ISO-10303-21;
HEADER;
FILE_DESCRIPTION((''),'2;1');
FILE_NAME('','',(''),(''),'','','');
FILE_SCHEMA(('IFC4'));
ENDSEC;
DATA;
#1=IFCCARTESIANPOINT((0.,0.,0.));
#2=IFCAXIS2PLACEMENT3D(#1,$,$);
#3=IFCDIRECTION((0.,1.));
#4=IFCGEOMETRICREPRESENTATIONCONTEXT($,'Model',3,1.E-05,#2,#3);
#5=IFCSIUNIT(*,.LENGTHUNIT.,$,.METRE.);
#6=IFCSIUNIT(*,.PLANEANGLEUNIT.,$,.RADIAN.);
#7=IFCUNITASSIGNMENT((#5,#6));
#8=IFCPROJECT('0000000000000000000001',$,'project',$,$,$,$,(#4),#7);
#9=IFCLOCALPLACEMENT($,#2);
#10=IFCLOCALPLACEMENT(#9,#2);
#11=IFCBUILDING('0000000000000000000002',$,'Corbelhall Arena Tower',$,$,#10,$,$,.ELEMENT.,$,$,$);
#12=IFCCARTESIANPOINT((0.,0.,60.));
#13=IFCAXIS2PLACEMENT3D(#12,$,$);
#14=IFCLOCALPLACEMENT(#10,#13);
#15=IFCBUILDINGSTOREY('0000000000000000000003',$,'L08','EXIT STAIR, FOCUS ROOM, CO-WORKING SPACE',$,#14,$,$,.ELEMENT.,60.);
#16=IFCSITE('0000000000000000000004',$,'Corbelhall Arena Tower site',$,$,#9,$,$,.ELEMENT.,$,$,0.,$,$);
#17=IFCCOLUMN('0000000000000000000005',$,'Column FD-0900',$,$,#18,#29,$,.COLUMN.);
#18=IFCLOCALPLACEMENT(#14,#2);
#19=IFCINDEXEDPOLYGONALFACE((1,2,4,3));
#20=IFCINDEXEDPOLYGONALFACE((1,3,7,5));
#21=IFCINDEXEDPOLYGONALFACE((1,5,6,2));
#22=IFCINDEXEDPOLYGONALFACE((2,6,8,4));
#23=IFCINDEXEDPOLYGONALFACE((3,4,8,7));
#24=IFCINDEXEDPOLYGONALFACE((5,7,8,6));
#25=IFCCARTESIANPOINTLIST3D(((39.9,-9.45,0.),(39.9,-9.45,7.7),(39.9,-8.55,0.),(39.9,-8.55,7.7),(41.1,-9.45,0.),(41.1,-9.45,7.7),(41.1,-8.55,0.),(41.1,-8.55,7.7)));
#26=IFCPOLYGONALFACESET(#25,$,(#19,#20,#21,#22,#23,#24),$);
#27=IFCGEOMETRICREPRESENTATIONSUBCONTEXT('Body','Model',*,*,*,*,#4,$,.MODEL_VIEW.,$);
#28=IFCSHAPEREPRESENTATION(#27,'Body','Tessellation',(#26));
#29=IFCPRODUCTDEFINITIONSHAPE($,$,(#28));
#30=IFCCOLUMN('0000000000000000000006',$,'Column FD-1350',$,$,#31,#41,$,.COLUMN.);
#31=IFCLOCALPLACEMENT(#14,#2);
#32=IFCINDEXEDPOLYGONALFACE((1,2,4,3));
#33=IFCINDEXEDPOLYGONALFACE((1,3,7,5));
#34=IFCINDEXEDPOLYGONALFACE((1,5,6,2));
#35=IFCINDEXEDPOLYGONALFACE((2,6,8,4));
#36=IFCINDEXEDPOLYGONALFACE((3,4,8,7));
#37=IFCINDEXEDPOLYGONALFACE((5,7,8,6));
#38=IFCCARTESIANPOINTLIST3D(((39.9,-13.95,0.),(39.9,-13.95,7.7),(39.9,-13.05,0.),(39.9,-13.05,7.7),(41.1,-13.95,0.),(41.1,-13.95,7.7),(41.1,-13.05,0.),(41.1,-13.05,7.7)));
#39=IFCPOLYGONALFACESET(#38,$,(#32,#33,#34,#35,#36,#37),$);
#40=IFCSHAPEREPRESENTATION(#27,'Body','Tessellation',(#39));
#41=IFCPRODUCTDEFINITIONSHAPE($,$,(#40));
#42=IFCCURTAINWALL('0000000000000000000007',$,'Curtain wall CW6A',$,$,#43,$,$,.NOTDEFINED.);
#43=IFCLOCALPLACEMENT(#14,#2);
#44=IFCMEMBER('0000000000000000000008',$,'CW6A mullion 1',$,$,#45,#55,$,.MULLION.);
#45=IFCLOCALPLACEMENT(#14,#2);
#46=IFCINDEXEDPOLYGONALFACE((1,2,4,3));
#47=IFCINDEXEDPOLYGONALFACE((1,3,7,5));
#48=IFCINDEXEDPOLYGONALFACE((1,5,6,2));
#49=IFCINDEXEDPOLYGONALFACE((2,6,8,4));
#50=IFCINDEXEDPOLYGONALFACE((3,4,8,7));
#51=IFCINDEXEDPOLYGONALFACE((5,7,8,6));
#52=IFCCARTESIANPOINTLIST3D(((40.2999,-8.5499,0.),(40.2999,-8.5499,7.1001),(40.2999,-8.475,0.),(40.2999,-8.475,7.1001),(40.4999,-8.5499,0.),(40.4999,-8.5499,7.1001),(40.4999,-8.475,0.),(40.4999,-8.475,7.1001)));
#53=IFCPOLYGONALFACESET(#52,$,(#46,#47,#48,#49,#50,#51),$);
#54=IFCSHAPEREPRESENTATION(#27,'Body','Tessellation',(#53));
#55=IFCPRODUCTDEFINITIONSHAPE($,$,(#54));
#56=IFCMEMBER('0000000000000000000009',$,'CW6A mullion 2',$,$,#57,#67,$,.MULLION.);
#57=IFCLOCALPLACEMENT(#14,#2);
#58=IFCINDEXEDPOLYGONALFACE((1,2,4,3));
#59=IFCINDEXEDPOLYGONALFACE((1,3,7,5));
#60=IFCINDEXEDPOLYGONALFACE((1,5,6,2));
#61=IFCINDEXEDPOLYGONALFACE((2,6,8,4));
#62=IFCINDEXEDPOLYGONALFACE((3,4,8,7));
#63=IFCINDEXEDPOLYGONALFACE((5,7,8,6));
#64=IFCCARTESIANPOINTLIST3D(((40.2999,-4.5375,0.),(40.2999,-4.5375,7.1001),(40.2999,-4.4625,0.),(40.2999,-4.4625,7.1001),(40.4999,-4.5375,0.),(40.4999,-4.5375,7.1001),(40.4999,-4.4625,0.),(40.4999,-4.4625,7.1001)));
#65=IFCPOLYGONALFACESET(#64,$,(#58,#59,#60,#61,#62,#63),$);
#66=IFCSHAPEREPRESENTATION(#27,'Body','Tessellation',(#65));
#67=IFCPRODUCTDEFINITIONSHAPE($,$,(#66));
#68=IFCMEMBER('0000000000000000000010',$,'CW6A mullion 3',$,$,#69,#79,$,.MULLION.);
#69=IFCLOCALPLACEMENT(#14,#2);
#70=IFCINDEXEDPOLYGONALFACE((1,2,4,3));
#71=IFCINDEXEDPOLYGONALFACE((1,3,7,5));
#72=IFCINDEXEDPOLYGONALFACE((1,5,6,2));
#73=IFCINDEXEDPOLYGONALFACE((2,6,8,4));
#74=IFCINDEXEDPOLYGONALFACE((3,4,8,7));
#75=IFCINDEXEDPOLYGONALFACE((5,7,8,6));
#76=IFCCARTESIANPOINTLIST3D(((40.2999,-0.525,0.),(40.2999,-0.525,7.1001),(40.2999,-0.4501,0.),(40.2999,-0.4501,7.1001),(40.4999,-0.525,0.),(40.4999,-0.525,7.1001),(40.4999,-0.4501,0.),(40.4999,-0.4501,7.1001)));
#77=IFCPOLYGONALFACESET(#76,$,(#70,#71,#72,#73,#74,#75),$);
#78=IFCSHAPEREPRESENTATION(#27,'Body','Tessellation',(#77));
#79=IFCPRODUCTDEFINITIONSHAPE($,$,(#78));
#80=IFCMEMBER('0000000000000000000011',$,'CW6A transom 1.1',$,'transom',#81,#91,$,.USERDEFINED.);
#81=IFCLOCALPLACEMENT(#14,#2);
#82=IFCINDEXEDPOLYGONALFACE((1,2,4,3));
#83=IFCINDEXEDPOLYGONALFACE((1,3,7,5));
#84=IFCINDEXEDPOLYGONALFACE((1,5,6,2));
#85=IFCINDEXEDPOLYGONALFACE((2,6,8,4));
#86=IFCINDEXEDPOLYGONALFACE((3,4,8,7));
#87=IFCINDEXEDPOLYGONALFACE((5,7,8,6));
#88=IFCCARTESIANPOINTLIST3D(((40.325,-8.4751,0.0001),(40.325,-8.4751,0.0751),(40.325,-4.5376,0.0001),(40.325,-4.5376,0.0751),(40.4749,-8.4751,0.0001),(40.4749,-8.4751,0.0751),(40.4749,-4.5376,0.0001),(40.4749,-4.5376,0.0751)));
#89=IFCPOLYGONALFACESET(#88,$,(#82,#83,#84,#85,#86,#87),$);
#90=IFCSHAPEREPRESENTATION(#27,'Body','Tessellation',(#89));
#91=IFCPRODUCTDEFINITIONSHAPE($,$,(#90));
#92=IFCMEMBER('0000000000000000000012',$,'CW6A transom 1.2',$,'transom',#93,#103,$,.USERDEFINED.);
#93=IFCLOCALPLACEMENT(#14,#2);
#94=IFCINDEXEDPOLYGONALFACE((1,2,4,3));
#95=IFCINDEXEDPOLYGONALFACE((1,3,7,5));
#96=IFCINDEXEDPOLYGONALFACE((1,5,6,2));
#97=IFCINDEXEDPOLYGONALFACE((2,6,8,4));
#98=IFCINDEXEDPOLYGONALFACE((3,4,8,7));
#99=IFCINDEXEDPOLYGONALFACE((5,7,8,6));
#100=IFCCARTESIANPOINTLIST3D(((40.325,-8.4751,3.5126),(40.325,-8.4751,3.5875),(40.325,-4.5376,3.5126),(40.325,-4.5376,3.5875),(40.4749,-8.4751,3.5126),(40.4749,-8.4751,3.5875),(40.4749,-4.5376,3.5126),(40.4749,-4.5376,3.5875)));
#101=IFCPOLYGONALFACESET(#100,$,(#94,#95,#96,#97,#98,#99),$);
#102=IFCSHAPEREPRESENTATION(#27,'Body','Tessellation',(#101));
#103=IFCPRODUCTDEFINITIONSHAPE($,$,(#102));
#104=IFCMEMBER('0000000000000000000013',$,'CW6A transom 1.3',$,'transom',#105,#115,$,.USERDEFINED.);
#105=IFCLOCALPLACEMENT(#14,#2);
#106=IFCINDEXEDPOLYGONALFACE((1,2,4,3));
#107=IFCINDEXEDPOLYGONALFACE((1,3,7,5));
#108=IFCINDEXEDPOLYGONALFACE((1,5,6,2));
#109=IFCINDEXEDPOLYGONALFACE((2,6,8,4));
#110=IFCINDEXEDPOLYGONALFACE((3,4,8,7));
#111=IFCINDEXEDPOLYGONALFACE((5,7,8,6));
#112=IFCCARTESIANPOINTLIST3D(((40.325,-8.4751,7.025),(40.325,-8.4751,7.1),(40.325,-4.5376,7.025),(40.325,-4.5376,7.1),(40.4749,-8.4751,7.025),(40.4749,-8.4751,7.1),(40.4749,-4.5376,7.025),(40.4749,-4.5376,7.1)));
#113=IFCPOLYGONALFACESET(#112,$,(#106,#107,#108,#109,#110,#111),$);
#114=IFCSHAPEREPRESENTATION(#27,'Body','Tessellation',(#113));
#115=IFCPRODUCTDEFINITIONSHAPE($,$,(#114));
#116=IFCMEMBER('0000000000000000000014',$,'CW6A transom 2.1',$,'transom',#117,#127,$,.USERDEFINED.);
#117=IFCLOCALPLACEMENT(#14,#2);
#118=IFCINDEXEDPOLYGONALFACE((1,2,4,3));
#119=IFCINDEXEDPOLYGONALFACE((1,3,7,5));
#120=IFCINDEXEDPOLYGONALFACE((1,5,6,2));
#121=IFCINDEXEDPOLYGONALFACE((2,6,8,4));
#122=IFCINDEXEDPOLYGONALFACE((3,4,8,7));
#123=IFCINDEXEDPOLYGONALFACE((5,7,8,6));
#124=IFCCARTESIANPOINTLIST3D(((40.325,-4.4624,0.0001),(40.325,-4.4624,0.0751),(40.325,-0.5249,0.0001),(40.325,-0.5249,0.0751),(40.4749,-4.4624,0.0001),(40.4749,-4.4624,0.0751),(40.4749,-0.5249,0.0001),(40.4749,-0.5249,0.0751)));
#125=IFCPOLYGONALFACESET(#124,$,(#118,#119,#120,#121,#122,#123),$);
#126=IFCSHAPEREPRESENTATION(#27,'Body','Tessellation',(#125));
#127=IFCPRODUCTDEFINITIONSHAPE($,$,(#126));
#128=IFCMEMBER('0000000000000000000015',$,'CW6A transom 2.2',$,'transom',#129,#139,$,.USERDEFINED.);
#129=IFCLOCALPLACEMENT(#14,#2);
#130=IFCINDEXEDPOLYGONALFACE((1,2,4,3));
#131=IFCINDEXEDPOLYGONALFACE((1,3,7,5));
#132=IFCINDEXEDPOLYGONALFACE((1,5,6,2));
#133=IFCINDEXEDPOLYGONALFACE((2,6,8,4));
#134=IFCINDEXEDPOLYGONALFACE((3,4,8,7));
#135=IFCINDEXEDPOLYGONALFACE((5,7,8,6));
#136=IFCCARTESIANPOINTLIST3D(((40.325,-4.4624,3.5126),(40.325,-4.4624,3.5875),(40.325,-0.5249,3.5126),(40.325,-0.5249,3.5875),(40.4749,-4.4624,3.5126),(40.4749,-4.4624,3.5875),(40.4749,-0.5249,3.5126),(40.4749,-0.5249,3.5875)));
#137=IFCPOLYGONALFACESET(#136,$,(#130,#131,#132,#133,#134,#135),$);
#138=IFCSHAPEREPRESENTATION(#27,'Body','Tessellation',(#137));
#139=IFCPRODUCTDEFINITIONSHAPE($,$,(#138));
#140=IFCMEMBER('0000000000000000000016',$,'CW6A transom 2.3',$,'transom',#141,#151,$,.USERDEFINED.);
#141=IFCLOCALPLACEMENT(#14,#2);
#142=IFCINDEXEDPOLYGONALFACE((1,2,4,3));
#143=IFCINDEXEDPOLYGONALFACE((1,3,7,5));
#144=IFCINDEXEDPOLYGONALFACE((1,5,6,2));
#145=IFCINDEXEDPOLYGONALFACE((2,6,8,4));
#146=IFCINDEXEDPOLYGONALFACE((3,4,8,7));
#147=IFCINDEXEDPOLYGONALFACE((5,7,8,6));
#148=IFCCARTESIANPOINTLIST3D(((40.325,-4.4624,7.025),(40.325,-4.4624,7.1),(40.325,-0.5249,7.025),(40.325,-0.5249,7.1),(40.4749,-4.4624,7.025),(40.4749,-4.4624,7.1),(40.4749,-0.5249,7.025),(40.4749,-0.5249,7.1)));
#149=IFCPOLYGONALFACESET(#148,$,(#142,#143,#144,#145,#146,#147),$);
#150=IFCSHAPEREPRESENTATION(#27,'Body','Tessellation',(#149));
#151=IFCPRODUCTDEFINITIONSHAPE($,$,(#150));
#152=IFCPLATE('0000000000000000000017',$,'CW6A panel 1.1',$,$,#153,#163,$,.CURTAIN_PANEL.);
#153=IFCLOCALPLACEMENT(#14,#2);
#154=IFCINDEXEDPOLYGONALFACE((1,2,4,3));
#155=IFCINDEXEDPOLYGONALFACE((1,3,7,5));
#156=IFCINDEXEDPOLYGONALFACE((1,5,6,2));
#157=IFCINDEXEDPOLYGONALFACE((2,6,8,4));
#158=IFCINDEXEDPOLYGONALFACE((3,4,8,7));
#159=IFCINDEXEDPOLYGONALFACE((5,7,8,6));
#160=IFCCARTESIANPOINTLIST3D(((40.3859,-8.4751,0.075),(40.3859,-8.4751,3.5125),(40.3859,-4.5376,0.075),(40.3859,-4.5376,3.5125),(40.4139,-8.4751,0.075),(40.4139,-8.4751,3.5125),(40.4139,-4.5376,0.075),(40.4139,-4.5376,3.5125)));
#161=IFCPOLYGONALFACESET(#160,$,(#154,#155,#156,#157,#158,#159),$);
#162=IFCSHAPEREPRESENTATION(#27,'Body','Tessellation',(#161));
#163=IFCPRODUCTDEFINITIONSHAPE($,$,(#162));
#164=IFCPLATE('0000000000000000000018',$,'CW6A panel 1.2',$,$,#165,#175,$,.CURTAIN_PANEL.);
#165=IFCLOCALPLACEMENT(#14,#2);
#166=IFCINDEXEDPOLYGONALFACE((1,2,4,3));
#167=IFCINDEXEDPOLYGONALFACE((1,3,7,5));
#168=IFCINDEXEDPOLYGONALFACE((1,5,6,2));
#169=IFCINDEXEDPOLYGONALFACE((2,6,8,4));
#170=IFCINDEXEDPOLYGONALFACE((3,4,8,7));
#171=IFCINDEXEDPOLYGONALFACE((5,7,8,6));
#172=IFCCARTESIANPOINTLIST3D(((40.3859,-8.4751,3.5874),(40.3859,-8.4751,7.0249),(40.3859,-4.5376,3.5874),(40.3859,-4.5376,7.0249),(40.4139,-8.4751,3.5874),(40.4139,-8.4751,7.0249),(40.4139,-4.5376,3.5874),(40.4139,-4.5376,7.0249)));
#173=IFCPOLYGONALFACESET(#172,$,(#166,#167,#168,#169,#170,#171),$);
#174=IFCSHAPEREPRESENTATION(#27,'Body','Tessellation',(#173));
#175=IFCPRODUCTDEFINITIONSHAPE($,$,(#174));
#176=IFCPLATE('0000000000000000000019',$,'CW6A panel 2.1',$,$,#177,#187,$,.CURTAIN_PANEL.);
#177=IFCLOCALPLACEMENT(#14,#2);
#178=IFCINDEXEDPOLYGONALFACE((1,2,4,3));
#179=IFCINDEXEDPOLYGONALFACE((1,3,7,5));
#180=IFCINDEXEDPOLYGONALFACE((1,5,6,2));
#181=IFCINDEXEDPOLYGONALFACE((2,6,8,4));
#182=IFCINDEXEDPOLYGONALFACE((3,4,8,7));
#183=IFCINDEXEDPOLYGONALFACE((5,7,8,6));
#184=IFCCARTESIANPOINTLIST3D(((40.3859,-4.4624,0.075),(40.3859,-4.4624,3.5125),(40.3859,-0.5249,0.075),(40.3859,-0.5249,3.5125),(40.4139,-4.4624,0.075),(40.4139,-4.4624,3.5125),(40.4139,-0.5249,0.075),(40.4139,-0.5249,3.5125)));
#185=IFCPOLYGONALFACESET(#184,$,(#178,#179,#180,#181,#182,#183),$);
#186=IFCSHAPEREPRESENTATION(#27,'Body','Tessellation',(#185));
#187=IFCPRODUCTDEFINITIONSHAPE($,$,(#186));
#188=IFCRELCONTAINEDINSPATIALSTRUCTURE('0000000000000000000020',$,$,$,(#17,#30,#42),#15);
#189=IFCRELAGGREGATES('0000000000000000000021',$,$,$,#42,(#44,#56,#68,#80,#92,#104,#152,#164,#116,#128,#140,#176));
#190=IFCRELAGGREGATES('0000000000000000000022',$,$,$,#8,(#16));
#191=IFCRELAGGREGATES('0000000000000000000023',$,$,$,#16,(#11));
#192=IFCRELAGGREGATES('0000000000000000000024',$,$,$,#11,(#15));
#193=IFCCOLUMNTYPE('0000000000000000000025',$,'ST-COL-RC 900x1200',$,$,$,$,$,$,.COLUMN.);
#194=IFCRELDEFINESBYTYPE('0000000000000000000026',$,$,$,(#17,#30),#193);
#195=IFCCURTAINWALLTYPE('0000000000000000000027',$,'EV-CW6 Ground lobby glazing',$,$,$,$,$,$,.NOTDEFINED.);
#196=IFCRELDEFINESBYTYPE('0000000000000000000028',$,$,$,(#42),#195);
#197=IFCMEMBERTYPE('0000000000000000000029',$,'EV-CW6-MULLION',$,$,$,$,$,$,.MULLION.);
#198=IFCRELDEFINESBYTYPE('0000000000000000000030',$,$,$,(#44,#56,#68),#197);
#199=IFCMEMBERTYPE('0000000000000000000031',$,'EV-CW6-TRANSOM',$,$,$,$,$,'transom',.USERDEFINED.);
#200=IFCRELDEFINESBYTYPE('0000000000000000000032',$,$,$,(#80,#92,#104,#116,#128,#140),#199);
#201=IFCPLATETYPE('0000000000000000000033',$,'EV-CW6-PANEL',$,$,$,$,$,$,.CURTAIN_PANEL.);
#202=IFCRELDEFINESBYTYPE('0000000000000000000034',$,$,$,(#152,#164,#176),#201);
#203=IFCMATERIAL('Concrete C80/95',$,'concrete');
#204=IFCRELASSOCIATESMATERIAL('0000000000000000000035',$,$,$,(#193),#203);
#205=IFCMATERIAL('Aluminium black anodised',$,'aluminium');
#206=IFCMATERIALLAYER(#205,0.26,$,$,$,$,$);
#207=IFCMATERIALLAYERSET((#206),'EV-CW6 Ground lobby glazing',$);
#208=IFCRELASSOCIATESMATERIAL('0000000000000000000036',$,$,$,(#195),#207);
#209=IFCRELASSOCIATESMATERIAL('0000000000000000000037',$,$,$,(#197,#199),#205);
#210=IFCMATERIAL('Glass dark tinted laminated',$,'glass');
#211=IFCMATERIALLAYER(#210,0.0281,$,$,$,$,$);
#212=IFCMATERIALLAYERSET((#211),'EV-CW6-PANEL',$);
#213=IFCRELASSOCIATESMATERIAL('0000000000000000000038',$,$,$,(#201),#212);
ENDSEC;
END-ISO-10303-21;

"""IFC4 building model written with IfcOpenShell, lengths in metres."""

from ifc_helpers import new_model, si_unit, direction, frame, origin, origin_2d, place, context, subcontext, project, spatial, rectangle, extrude, material, layer, layer_set, material_profile, profile_set, type_object, element, aggregate, save


model = new_model("IFC4")

# Units and contexts
model_context = context("Model", 3, precision=1e-05, world=origin(), true_north=direction((0.0, 1.0)))
body_context = subcontext(model_context, "Body", "Model", "MODEL_VIEW")
ifc_project = project(units=[si_unit("LENGTHUNIT", "METRE"), si_unit("PLANEANGLEUNIT", "RADIAN")], contexts=[model_context])

# Site, building, storey
site_placement = place(None, origin())
site = spatial("IfcSite", under=ifc_project, at=site_placement, Name="Corbelhall Arena Tower site", CompositionType="ELEMENT", RefElevation=0.0)
building_placement = place(site_placement, origin())
building = spatial("IfcBuilding", under=site, at=building_placement, Name="Corbelhall Arena Tower", CompositionType="ELEMENT")
storey_placement = place(building_placement, frame((0.0, 0.0, 60.0)))
storey = spatial("IfcBuildingStorey", under=building, at=storey_placement, Name="L08", Description="EXIT STAIR, FOCUS ROOM, CO-WORKING SPACE", CompositionType="ELEMENT", Elevation=60.0)

# Columns
ifc_material_1 = material(Name="Concrete C80/95", Category="concrete")
ifc_material_profile_1 = material_profile(ifc_material_1, rectangle(XDim=0.8999, YDim=1.2, at=origin_2d()))
ifc_profile_set_1 = profile_set([ifc_material_profile_1], Name="Concrete C80/95")
column_type = type_object("IfcColumnType", Name="ST-COL-RC 900x1200", PredefinedType="COLUMN", material=ifc_profile_set_1)
for number, where, z_axis, x_axis, name in (
    (1, (40.5, -9.0, 0.0), (0.0, 0.0, 1.0), (0.0, 1.0, 0.0), "Column FD-0900"),
    (2, (40.5, -13.5, 0.0), (0.0, 0.0, 1.0), (0.0, 1.0, 0.0), "Column FD-1350"),
):
    element("IfcColumn", number, at=place(storey_placement, frame(where, z_axis=z_axis, x_axis=x_axis)), inside=storey, type_object=column_type, Name=name, PredefinedType="COLUMN", context=body_context, shape_type="SweptSolid", body=[
        extrude(rectangle(XDim=0.8999, YDim=1.2, at=origin_2d()), origin(), (0.0, 0.0, 1.0), 7.7),
    ])

# Curtain wall, members, plates
ifc_material_2 = material(Name="Aluminium black anodised", Category="aluminium")
ifc_layer_1 = layer(ifc_material_2, 0.26)
ifc_layer_set_1 = layer_set([ifc_layer_1], Name="EV-CW6 Ground lobby glazing")
curtain_wall_type = type_object("IfcCurtainWallType", Name="EV-CW6 Ground lobby glazing", PredefinedType="NOTDEFINED", material=ifc_layer_set_1)
curtain_wall_placement = place(storey_placement, origin())
curtain_wall = element("IfcCurtainWall", 3, at=curtain_wall_placement, inside=storey, type_object=curtain_wall_type, Name="Curtain wall CW6A", PredefinedType="NOTDEFINED")
ifc_material_profile_2 = material_profile(ifc_material_2, rectangle(XDim=0.2, YDim=0.075, at=origin_2d()))
ifc_profile_set_2 = profile_set([ifc_material_profile_2], Name="Aluminium black anodised")
member_type_1 = type_object("IfcMemberType", Name="EV-CW6-MULLION", PredefinedType="MULLION", material=ifc_profile_set_2)
member_1_placement = place(storey_placement, frame((40.3999, -8.5125, 0.0), z_axis=(0.0, 0.0, 1.0), x_axis=(-1.0, 0.0, 0.0)))
member_1 = element("IfcMember", 4, at=member_1_placement, type_object=member_type_1, Name="CW6A mullion 1", PredefinedType="MULLION", context=body_context, shape_type="SweptSolid", body=[
    extrude(rectangle(XDim=0.2, YDim=0.075, at=origin_2d()), origin(), (0.0, 0.0, 1.0), 7.1001),
])
member_2_placement = place(storey_placement, frame((40.3999, -4.5, 0.0), z_axis=(0.0, 0.0, 1.0), x_axis=(-1.0, 0.0, 0.0)))
member_2 = element("IfcMember", 5, at=member_2_placement, type_object=member_type_1, Name="CW6A mullion 2", PredefinedType="MULLION", context=body_context, shape_type="SweptSolid", body=[
    extrude(rectangle(XDim=0.2, YDim=0.075, at=origin_2d()), origin(), (0.0, 0.0, 1.0), 7.1001),
])
member_3_placement = place(storey_placement, frame((40.3999, -0.4875, 0.0), z_axis=(0.0, 0.0, 1.0), x_axis=(-1.0, 0.0, 0.0)))
member_3 = element("IfcMember", 6, at=member_3_placement, type_object=member_type_1, Name="CW6A mullion 3", PredefinedType="MULLION", context=body_context, shape_type="SweptSolid", body=[
    extrude(rectangle(XDim=0.2, YDim=0.075, at=origin_2d()), origin(), (0.0, 0.0, 1.0), 7.1001),
])
ifc_material_profile_3 = material_profile(ifc_material_2, rectangle(XDim=0.1499, YDim=0.075, at=origin_2d()))
ifc_profile_set_3 = profile_set([ifc_material_profile_3], Name="Aluminium black anodised")
member_type_2 = type_object("IfcMemberType", Name="EV-CW6-TRANSOM", ElementType="transom", PredefinedType="USERDEFINED", material=ifc_profile_set_3)
member_4_placement = place(storey_placement, frame((40.3999, -8.4751, 0.0376), z_axis=(0.0, 1.0, 0.0), x_axis=(-1.0, 0.0, 0.0)))
member_4 = element("IfcMember", 7, at=member_4_placement, type_object=member_type_2, Name="CW6A transom 1.1", ObjectType="transom", PredefinedType="USERDEFINED", context=body_context, shape_type="SweptSolid", body=[
    extrude(rectangle(XDim=0.1499, YDim=0.075, at=origin_2d()), origin(), (0.0, 0.0, 1.0), 3.9375),
])
member_5_placement = place(storey_placement, frame((40.3999, -8.4751, 3.55), z_axis=(0.0, 1.0, 0.0), x_axis=(-1.0, 0.0, 0.0)))
member_5 = element("IfcMember", 8, at=member_5_placement, type_object=member_type_2, Name="CW6A transom 1.2", ObjectType="transom", PredefinedType="USERDEFINED", context=body_context, shape_type="SweptSolid", body=[
    extrude(rectangle(XDim=0.1499, YDim=0.075, at=origin_2d()), origin(), (0.0, 0.0, 1.0), 3.9375),
])
member_6_placement = place(storey_placement, frame((40.3999, -8.4751, 7.0625), z_axis=(0.0, 1.0, 0.0), x_axis=(-1.0, 0.0, 0.0)))
member_6 = element("IfcMember", 9, at=member_6_placement, type_object=member_type_2, Name="CW6A transom 1.3", ObjectType="transom", PredefinedType="USERDEFINED", context=body_context, shape_type="SweptSolid", body=[
    extrude(rectangle(XDim=0.1499, YDim=0.075, at=origin_2d()), origin(), (0.0, 0.0, 1.0), 3.9375),
])
member_7_placement = place(storey_placement, frame((40.3999, -4.4624, 0.0376), z_axis=(0.0, 1.0, 0.0), x_axis=(-1.0, 0.0, 0.0)))
member_7 = element("IfcMember", 10, at=member_7_placement, type_object=member_type_2, Name="CW6A transom 2.1", ObjectType="transom", PredefinedType="USERDEFINED", context=body_context, shape_type="SweptSolid", body=[
    extrude(rectangle(XDim=0.1499, YDim=0.075, at=origin_2d()), origin(), (0.0, 0.0, 1.0), 3.9375),
])
member_8_placement = place(storey_placement, frame((40.3999, -4.4624, 3.55), z_axis=(0.0, 1.0, 0.0), x_axis=(-1.0, 0.0, 0.0)))
member_8 = element("IfcMember", 11, at=member_8_placement, type_object=member_type_2, Name="CW6A transom 2.2", ObjectType="transom", PredefinedType="USERDEFINED", context=body_context, shape_type="SweptSolid", body=[
    extrude(rectangle(XDim=0.1499, YDim=0.075, at=origin_2d()), origin(), (0.0, 0.0, 1.0), 3.9375),
])
member_9_placement = place(storey_placement, frame((40.3999, -4.4624, 7.0625), z_axis=(0.0, 1.0, 0.0), x_axis=(-1.0, 0.0, 0.0)))
member_9 = element("IfcMember", 12, at=member_9_placement, type_object=member_type_2, Name="CW6A transom 2.3", ObjectType="transom", PredefinedType="USERDEFINED", context=body_context, shape_type="SweptSolid", body=[
    extrude(rectangle(XDim=0.1499, YDim=0.075, at=origin_2d()), origin(), (0.0, 0.0, 1.0), 3.9375),
])
ifc_material_3 = material(Name="Glass dark tinted laminated", Category="glass")
ifc_layer_2 = layer(ifc_material_3, 0.0281)
ifc_layer_set_2 = layer_set([ifc_layer_2], Name="EV-CW6-PANEL")
plate_type = type_object("IfcPlateType", Name="EV-CW6-PANEL", PredefinedType="CURTAIN_PANEL", material=ifc_layer_set_2)
plate_1_placement = place(storey_placement, frame((40.3999, -6.5063, 0.075), z_axis=(0.0, 0.0, 1.0), x_axis=(0.0, 1.0, 0.0)))
plate_1 = element("IfcPlate", 13, at=plate_1_placement, type_object=plate_type, Name="CW6A panel 1.1", PredefinedType="CURTAIN_PANEL", context=body_context, shape_type="SweptSolid", body=[
    extrude(rectangle(XDim=3.9375, YDim=0.0281, at=origin_2d()), origin(), (0.0, 0.0, 1.0), 3.4375),
])
plate_2_placement = place(storey_placement, frame((40.3999, -6.5063, 3.5874), z_axis=(0.0, 0.0, 1.0), x_axis=(0.0, 1.0, 0.0)))
plate_2 = element("IfcPlate", 14, at=plate_2_placement, type_object=plate_type, Name="CW6A panel 1.2", PredefinedType="CURTAIN_PANEL", context=body_context, shape_type="SweptSolid", body=[
    extrude(rectangle(XDim=3.9375, YDim=0.0281, at=origin_2d()), origin(), (0.0, 0.0, 1.0), 3.4375),
])
plate_3_placement = place(storey_placement, frame((40.3999, -2.4937, 0.075), z_axis=(0.0, 0.0, 1.0), x_axis=(0.0, 1.0, 0.0)))
plate_3 = element("IfcPlate", 15, at=plate_3_placement, type_object=plate_type, Name="CW6A panel 2.1", PredefinedType="CURTAIN_PANEL", context=body_context, shape_type="SweptSolid", body=[
    extrude(rectangle(XDim=3.9375, YDim=0.0281, at=origin_2d()), origin(), (0.0, 0.0, 1.0), 3.4375),
])
aggregate(curtain_wall, [member_1, member_2, member_3, member_4, member_5, member_6, plate_1, plate_2, member_7, member_8, member_9, plate_3])

save(model, "model.ifc")
